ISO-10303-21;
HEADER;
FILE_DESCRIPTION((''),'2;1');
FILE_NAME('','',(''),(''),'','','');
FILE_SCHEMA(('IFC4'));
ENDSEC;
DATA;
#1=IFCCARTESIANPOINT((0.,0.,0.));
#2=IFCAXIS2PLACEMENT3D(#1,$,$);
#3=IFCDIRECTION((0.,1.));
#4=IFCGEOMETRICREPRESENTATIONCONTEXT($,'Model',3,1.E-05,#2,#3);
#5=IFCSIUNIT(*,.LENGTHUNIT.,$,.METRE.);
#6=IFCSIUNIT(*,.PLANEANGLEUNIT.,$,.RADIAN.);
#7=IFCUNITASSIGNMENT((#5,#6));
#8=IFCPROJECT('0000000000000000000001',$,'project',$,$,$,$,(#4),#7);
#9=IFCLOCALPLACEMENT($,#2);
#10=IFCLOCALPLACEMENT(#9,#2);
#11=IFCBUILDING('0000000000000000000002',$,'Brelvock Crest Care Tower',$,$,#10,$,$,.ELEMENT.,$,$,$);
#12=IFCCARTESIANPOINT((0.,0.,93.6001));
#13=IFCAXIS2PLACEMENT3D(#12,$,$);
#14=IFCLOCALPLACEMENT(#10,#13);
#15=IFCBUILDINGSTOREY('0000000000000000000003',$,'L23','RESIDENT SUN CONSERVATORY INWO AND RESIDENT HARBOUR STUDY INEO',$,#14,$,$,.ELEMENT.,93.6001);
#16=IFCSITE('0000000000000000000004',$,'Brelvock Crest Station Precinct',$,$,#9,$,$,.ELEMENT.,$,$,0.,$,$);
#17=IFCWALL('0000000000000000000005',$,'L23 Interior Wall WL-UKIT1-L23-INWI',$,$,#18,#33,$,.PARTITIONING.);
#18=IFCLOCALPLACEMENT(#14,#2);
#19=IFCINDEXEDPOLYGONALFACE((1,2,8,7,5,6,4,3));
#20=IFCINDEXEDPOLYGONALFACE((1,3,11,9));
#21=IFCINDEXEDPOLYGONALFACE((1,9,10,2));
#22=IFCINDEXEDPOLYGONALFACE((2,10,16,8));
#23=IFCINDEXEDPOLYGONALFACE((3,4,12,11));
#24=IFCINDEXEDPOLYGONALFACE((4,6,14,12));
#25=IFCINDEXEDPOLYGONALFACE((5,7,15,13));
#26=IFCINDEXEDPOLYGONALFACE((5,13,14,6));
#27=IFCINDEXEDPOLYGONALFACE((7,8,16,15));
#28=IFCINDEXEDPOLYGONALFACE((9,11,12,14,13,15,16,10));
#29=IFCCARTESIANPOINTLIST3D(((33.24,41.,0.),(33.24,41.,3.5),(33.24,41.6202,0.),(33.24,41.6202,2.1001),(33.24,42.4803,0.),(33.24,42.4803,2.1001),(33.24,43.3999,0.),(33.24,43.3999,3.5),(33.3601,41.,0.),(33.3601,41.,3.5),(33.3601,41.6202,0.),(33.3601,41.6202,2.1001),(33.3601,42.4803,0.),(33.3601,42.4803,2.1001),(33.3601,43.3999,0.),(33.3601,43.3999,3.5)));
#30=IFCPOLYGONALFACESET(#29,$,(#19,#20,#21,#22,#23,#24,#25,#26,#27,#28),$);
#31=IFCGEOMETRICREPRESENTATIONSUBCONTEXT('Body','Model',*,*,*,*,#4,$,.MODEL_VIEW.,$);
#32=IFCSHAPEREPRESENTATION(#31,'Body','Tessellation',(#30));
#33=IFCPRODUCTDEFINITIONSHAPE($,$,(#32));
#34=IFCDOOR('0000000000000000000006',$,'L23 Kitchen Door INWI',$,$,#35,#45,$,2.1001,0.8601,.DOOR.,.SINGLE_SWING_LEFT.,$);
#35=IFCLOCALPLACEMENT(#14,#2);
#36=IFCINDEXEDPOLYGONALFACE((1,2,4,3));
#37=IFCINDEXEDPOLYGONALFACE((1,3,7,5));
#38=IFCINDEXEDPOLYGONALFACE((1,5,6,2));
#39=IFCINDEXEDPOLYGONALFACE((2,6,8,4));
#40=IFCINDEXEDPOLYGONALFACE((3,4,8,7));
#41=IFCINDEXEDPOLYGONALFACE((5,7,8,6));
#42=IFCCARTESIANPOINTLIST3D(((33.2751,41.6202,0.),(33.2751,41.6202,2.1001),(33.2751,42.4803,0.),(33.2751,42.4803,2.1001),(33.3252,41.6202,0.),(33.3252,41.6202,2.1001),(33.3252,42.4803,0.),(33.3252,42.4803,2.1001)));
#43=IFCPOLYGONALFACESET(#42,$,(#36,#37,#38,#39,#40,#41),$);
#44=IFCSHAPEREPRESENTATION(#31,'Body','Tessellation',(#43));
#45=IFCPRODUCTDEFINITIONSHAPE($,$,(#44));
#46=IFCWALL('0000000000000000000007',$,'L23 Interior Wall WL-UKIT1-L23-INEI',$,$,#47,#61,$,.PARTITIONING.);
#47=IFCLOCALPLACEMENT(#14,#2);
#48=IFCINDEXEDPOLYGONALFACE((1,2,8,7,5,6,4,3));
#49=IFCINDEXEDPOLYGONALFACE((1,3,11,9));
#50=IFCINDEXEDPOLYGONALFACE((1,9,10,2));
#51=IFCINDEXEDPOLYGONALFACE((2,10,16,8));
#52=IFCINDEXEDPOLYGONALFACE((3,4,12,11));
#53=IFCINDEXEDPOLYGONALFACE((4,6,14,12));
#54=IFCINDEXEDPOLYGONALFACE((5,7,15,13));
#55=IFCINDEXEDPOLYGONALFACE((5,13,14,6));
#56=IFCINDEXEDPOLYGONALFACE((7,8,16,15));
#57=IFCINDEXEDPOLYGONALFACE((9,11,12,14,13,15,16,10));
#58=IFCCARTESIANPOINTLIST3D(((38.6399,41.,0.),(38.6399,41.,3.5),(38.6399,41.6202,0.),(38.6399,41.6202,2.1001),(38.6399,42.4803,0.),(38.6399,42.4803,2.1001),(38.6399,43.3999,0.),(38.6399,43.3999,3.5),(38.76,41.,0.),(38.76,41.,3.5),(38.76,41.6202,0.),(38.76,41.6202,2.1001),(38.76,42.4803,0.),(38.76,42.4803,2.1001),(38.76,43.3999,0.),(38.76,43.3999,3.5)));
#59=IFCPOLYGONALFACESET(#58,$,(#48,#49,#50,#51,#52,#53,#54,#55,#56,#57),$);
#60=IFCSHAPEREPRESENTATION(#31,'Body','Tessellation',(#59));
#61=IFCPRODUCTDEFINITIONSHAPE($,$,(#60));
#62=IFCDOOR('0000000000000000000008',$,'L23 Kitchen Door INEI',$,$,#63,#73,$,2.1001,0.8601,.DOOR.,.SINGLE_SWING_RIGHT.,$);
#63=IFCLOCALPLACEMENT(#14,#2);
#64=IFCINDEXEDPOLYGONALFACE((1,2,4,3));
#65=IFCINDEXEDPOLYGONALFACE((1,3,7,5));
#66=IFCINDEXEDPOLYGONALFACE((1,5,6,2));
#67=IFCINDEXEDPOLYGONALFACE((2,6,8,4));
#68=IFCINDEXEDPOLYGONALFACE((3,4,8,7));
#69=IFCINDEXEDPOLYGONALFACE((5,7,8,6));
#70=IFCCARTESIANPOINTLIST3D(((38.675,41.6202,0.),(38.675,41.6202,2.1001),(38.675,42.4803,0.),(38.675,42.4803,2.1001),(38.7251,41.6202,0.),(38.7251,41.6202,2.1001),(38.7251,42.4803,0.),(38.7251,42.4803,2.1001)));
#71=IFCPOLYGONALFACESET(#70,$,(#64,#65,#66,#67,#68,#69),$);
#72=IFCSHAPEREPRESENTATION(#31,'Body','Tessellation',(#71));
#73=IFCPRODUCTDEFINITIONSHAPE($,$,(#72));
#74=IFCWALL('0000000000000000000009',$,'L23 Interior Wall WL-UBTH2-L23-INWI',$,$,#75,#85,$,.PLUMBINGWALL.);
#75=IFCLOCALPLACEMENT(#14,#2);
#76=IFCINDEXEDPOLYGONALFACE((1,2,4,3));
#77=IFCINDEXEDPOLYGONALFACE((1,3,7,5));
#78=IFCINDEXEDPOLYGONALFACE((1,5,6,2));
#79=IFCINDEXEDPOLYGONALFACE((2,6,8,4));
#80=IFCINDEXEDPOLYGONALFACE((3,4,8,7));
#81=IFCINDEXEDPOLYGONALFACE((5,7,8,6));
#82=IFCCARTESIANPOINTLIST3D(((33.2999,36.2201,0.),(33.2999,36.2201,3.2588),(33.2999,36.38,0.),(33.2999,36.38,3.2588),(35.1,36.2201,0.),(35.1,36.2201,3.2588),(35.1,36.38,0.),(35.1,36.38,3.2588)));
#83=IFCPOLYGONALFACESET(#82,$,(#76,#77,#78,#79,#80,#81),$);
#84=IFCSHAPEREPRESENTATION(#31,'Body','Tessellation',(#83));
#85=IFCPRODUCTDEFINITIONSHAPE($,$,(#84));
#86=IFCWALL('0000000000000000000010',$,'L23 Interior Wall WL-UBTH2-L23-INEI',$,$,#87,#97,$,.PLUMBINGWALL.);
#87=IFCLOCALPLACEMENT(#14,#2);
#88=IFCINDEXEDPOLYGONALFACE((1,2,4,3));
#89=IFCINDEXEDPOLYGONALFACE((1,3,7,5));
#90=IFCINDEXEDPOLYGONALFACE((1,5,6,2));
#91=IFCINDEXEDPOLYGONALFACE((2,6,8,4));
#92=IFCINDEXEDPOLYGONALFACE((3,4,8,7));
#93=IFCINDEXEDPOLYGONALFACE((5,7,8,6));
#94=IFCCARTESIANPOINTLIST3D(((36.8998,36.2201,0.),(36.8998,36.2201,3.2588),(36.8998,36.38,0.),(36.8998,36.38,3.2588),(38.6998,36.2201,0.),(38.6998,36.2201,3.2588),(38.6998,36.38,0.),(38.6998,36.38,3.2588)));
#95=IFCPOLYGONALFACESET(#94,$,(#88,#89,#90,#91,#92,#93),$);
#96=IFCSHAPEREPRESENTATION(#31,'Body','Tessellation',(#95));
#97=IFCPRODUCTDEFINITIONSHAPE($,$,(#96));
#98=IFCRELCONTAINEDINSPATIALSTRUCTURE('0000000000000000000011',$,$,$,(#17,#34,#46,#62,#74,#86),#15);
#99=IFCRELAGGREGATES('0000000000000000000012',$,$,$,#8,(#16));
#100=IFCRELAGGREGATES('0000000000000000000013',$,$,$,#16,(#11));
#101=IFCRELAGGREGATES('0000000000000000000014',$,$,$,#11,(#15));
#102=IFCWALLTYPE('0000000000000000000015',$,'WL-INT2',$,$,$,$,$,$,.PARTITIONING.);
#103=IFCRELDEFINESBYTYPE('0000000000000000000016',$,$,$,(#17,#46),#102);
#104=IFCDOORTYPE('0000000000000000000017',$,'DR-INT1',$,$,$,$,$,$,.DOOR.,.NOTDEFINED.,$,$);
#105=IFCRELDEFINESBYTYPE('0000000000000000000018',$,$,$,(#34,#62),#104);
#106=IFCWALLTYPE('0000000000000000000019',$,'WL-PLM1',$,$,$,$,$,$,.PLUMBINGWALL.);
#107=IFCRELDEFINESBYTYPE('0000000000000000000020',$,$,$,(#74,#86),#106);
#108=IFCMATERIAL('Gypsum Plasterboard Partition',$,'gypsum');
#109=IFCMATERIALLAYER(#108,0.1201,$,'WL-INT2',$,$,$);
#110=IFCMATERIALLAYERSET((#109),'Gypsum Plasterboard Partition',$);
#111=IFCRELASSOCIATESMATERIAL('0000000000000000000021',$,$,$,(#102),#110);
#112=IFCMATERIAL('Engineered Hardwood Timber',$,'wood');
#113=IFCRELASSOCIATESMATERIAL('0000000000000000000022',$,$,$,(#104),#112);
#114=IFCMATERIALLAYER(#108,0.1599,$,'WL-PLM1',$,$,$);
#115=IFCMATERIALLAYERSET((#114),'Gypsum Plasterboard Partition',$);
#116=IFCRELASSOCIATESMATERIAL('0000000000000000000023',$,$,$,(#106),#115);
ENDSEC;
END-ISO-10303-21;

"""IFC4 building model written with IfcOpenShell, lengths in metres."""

from ifc_helpers import new_model, si_unit, direction, frame, frame_2d, origin, origin_2d, place, context, subcontext, project, spatial, rectangle, extrude, source, transform, mapped, material, layer, layer_set, type_object, element, fill, save


model = new_model("IFC4")

# Units and contexts
model_context = context("Model", 3, precision=1e-05, world=origin(), true_north=direction((0.0, 1.0)))
body_context = subcontext(model_context, "Body", "Model", "MODEL_VIEW")
ifc_project = project(units=[si_unit("LENGTHUNIT", "METRE"), si_unit("PLANEANGLEUNIT", "RADIAN")], contexts=[model_context])

# Site, building, storey
site_placement = place(None, origin())
site = spatial("IfcSite", under=ifc_project, at=site_placement, Name="Brelvock Crest Station Precinct", CompositionType="ELEMENT", RefElevation=0.0)
building_placement = place(site_placement, origin())
building = spatial("IfcBuilding", under=site, at=building_placement, Name="Brelvock Crest Care Tower", CompositionType="ELEMENT")
storey_placement = place(building_placement, frame((0.0, 0.0, 93.6001)))
storey = spatial("IfcBuildingStorey", under=building, at=storey_placement, Name="L23", Description="RESIDENT SUN CONSERVATORY INWO AND RESIDENT HARBOUR STUDY INEO", CompositionType="ELEMENT", Elevation=93.6001)

# Shared definitions
ifc_material_1 = material(Name="Engineered Hardwood Timber", Category="wood")

# Shared definitions
ifc_material_2 = material(Name="Gypsum Plasterboard Partition", Category="gypsum")
ifc_layer_1 = layer(ifc_material_2, 0.1201, Name="WL-INT2")
ifc_layer_set_1 = layer_set([ifc_layer_1], Name="Gypsum Plasterboard Partition")
wall_type_1 = type_object("IfcWallType", Name="WL-INT2", PredefinedType="PARTITIONING", material=ifc_layer_set_1)

# Walls, openings, doors
wall_1_placement = place(storey_placement, frame((33.3, 41.0, 0.0), z_axis=(0.0, 0.0, 1.0), x_axis=(0.0, 1.0, 0.0)))
wall_1 = element("IfcWall", 1, at=wall_1_placement, inside=storey, type_object=wall_type_1, Name="L23 Interior Wall WL-UKIT1-L23-INWI", PredefinedType="PARTITIONING", context=body_context, shape_type="SweptSolid", body=[
    extrude(rectangle(XDim=2.3999, YDim=0.1201, at=frame_2d((1.2, 0.0))), origin(), (0.0, 0.0, 1.0), 3.5),
])
opening_1_placement = place(wall_1_placement, frame((0.6201, 0.0, 0.0)))
opening_1 = element("IfcOpeningElement", 2, at=opening_1_placement, cuts=wall_1, PredefinedType="OPENING", context=body_context, shape_type="SweptSolid", body=[
    extrude(rectangle(XDim=0.8601, YDim=2.1001, at=origin_2d()), frame((0.4302, 0.0701, 1.05), z_axis=(0.0, -1.0, 0.0), x_axis=(1.0, 0.0, 0.0)), (0.0, 0.0, 1.0), 0.1401),
])
door_type_1 = type_object("IfcDoorType", Name="DR-INT1", OperationType="NOTDEFINED", PredefinedType="DOOR", material=ifc_material_1)
shared_shape_1 = source(origin(), body_context, "Body", "SweptSolid", [
    extrude(rectangle(XDim=0.8601, YDim=2.1001, at=origin_2d()), frame((0.4302, 0.0249, 1.05), z_axis=(0.0, -1.0, 0.0), x_axis=(1.0, 0.0, 0.0)), (0.0, 0.0, 1.0), 0.05),
])
door_1_placement = place(opening_1_placement, origin())
door_1 = element("IfcDoor", 3, at=door_1_placement, inside=storey, type_object=door_type_1, Name="L23 Kitchen Door INWI", OperationType="SINGLE_SWING_LEFT", OverallHeight=2.1001, OverallWidth=0.8601, PredefinedType="DOOR", context=body_context, shape_type="MappedRepresentation", body=[
    mapped(shared_shape_1, transform((0.0, 0.0, 0.0), x_axis=(1.0, 0.0, 0.0), y_axis=(0.0, 1.0, 0.0), z_axis=(0.0, 0.0, 1.0), scale=1.0)),
])
fill(opening_1, door_1)
wall_2_placement = place(storey_placement, frame((38.7, 41.0, 0.0), z_axis=(0.0, 0.0, 1.0), x_axis=(0.0, 1.0, 0.0)))
wall_2 = element("IfcWall", 4, at=wall_2_placement, inside=storey, type_object=wall_type_1, Name="L23 Interior Wall WL-UKIT1-L23-INEI", PredefinedType="PARTITIONING", context=body_context, shape_type="SweptSolid", body=[
    extrude(rectangle(XDim=2.3999, YDim=0.1201, at=frame_2d((1.2, 0.0))), origin(), (0.0, 0.0, 1.0), 3.5),
])
opening_2_placement = place(wall_2_placement, frame((0.6201, 0.0, 0.0)))
opening_2 = element("IfcOpeningElement", 5, at=opening_2_placement, cuts=wall_2, PredefinedType="OPENING", context=body_context, shape_type="SweptSolid", body=[
    extrude(rectangle(XDim=0.8601, YDim=2.1001, at=origin_2d()), frame((0.4302, 0.0701, 1.05), z_axis=(0.0, -1.0, 0.0), x_axis=(1.0, 0.0, 0.0)), (0.0, 0.0, 1.0), 0.1401),
])
door_2_placement = place(opening_2_placement, origin())
door_2 = element("IfcDoor", 6, at=door_2_placement, inside=storey, type_object=door_type_1, Name="L23 Kitchen Door INEI", OperationType="SINGLE_SWING_RIGHT", OverallHeight=2.1001, OverallWidth=0.8601, PredefinedType="DOOR", context=body_context, shape_type="MappedRepresentation", body=[
    mapped(shared_shape_1, transform((0.0, 0.0, 0.0), x_axis=(1.0, 0.0, 0.0), y_axis=(0.0, 1.0, 0.0), z_axis=(0.0, 0.0, 1.0), scale=1.0)),
])
fill(opening_2, door_2)

# Walls
ifc_layer_2 = layer(ifc_material_2, 0.1599, Name="WL-PLM1")
ifc_layer_set_2 = layer_set([ifc_layer_2], Name="Gypsum Plasterboard Partition")
wall_type_2 = type_object("IfcWallType", Name="WL-PLM1", PredefinedType="PLUMBINGWALL", material=ifc_layer_set_2)
for number, where, z_axis, x_axis, name in (
    (7, (33.3, 36.3, 0.0), (0.0, 0.0, 1.0), (1.0, 0.0, 0.0), "L23 Interior Wall WL-UBTH2-L23-INWI"),
    (8, (36.8999, 36.3, 0.0), (0.0, 0.0, 1.0), (1.0, 0.0, 0.0), "L23 Interior Wall WL-UBTH2-L23-INEI"),
):
    element("IfcWall", number, at=place(storey_placement, frame(where, z_axis=z_axis, x_axis=x_axis)), inside=storey, type_object=wall_type_2, Name=name, PredefinedType="PLUMBINGWALL", context=body_context, shape_type="SweptSolid", body=[
        extrude(rectangle(XDim=1.8, YDim=0.1599, at=frame_2d((0.8999, 0.0))), origin(), (0.0, 0.0, 1.0), 3.2588),
    ])

save(model, "model.ifc")
